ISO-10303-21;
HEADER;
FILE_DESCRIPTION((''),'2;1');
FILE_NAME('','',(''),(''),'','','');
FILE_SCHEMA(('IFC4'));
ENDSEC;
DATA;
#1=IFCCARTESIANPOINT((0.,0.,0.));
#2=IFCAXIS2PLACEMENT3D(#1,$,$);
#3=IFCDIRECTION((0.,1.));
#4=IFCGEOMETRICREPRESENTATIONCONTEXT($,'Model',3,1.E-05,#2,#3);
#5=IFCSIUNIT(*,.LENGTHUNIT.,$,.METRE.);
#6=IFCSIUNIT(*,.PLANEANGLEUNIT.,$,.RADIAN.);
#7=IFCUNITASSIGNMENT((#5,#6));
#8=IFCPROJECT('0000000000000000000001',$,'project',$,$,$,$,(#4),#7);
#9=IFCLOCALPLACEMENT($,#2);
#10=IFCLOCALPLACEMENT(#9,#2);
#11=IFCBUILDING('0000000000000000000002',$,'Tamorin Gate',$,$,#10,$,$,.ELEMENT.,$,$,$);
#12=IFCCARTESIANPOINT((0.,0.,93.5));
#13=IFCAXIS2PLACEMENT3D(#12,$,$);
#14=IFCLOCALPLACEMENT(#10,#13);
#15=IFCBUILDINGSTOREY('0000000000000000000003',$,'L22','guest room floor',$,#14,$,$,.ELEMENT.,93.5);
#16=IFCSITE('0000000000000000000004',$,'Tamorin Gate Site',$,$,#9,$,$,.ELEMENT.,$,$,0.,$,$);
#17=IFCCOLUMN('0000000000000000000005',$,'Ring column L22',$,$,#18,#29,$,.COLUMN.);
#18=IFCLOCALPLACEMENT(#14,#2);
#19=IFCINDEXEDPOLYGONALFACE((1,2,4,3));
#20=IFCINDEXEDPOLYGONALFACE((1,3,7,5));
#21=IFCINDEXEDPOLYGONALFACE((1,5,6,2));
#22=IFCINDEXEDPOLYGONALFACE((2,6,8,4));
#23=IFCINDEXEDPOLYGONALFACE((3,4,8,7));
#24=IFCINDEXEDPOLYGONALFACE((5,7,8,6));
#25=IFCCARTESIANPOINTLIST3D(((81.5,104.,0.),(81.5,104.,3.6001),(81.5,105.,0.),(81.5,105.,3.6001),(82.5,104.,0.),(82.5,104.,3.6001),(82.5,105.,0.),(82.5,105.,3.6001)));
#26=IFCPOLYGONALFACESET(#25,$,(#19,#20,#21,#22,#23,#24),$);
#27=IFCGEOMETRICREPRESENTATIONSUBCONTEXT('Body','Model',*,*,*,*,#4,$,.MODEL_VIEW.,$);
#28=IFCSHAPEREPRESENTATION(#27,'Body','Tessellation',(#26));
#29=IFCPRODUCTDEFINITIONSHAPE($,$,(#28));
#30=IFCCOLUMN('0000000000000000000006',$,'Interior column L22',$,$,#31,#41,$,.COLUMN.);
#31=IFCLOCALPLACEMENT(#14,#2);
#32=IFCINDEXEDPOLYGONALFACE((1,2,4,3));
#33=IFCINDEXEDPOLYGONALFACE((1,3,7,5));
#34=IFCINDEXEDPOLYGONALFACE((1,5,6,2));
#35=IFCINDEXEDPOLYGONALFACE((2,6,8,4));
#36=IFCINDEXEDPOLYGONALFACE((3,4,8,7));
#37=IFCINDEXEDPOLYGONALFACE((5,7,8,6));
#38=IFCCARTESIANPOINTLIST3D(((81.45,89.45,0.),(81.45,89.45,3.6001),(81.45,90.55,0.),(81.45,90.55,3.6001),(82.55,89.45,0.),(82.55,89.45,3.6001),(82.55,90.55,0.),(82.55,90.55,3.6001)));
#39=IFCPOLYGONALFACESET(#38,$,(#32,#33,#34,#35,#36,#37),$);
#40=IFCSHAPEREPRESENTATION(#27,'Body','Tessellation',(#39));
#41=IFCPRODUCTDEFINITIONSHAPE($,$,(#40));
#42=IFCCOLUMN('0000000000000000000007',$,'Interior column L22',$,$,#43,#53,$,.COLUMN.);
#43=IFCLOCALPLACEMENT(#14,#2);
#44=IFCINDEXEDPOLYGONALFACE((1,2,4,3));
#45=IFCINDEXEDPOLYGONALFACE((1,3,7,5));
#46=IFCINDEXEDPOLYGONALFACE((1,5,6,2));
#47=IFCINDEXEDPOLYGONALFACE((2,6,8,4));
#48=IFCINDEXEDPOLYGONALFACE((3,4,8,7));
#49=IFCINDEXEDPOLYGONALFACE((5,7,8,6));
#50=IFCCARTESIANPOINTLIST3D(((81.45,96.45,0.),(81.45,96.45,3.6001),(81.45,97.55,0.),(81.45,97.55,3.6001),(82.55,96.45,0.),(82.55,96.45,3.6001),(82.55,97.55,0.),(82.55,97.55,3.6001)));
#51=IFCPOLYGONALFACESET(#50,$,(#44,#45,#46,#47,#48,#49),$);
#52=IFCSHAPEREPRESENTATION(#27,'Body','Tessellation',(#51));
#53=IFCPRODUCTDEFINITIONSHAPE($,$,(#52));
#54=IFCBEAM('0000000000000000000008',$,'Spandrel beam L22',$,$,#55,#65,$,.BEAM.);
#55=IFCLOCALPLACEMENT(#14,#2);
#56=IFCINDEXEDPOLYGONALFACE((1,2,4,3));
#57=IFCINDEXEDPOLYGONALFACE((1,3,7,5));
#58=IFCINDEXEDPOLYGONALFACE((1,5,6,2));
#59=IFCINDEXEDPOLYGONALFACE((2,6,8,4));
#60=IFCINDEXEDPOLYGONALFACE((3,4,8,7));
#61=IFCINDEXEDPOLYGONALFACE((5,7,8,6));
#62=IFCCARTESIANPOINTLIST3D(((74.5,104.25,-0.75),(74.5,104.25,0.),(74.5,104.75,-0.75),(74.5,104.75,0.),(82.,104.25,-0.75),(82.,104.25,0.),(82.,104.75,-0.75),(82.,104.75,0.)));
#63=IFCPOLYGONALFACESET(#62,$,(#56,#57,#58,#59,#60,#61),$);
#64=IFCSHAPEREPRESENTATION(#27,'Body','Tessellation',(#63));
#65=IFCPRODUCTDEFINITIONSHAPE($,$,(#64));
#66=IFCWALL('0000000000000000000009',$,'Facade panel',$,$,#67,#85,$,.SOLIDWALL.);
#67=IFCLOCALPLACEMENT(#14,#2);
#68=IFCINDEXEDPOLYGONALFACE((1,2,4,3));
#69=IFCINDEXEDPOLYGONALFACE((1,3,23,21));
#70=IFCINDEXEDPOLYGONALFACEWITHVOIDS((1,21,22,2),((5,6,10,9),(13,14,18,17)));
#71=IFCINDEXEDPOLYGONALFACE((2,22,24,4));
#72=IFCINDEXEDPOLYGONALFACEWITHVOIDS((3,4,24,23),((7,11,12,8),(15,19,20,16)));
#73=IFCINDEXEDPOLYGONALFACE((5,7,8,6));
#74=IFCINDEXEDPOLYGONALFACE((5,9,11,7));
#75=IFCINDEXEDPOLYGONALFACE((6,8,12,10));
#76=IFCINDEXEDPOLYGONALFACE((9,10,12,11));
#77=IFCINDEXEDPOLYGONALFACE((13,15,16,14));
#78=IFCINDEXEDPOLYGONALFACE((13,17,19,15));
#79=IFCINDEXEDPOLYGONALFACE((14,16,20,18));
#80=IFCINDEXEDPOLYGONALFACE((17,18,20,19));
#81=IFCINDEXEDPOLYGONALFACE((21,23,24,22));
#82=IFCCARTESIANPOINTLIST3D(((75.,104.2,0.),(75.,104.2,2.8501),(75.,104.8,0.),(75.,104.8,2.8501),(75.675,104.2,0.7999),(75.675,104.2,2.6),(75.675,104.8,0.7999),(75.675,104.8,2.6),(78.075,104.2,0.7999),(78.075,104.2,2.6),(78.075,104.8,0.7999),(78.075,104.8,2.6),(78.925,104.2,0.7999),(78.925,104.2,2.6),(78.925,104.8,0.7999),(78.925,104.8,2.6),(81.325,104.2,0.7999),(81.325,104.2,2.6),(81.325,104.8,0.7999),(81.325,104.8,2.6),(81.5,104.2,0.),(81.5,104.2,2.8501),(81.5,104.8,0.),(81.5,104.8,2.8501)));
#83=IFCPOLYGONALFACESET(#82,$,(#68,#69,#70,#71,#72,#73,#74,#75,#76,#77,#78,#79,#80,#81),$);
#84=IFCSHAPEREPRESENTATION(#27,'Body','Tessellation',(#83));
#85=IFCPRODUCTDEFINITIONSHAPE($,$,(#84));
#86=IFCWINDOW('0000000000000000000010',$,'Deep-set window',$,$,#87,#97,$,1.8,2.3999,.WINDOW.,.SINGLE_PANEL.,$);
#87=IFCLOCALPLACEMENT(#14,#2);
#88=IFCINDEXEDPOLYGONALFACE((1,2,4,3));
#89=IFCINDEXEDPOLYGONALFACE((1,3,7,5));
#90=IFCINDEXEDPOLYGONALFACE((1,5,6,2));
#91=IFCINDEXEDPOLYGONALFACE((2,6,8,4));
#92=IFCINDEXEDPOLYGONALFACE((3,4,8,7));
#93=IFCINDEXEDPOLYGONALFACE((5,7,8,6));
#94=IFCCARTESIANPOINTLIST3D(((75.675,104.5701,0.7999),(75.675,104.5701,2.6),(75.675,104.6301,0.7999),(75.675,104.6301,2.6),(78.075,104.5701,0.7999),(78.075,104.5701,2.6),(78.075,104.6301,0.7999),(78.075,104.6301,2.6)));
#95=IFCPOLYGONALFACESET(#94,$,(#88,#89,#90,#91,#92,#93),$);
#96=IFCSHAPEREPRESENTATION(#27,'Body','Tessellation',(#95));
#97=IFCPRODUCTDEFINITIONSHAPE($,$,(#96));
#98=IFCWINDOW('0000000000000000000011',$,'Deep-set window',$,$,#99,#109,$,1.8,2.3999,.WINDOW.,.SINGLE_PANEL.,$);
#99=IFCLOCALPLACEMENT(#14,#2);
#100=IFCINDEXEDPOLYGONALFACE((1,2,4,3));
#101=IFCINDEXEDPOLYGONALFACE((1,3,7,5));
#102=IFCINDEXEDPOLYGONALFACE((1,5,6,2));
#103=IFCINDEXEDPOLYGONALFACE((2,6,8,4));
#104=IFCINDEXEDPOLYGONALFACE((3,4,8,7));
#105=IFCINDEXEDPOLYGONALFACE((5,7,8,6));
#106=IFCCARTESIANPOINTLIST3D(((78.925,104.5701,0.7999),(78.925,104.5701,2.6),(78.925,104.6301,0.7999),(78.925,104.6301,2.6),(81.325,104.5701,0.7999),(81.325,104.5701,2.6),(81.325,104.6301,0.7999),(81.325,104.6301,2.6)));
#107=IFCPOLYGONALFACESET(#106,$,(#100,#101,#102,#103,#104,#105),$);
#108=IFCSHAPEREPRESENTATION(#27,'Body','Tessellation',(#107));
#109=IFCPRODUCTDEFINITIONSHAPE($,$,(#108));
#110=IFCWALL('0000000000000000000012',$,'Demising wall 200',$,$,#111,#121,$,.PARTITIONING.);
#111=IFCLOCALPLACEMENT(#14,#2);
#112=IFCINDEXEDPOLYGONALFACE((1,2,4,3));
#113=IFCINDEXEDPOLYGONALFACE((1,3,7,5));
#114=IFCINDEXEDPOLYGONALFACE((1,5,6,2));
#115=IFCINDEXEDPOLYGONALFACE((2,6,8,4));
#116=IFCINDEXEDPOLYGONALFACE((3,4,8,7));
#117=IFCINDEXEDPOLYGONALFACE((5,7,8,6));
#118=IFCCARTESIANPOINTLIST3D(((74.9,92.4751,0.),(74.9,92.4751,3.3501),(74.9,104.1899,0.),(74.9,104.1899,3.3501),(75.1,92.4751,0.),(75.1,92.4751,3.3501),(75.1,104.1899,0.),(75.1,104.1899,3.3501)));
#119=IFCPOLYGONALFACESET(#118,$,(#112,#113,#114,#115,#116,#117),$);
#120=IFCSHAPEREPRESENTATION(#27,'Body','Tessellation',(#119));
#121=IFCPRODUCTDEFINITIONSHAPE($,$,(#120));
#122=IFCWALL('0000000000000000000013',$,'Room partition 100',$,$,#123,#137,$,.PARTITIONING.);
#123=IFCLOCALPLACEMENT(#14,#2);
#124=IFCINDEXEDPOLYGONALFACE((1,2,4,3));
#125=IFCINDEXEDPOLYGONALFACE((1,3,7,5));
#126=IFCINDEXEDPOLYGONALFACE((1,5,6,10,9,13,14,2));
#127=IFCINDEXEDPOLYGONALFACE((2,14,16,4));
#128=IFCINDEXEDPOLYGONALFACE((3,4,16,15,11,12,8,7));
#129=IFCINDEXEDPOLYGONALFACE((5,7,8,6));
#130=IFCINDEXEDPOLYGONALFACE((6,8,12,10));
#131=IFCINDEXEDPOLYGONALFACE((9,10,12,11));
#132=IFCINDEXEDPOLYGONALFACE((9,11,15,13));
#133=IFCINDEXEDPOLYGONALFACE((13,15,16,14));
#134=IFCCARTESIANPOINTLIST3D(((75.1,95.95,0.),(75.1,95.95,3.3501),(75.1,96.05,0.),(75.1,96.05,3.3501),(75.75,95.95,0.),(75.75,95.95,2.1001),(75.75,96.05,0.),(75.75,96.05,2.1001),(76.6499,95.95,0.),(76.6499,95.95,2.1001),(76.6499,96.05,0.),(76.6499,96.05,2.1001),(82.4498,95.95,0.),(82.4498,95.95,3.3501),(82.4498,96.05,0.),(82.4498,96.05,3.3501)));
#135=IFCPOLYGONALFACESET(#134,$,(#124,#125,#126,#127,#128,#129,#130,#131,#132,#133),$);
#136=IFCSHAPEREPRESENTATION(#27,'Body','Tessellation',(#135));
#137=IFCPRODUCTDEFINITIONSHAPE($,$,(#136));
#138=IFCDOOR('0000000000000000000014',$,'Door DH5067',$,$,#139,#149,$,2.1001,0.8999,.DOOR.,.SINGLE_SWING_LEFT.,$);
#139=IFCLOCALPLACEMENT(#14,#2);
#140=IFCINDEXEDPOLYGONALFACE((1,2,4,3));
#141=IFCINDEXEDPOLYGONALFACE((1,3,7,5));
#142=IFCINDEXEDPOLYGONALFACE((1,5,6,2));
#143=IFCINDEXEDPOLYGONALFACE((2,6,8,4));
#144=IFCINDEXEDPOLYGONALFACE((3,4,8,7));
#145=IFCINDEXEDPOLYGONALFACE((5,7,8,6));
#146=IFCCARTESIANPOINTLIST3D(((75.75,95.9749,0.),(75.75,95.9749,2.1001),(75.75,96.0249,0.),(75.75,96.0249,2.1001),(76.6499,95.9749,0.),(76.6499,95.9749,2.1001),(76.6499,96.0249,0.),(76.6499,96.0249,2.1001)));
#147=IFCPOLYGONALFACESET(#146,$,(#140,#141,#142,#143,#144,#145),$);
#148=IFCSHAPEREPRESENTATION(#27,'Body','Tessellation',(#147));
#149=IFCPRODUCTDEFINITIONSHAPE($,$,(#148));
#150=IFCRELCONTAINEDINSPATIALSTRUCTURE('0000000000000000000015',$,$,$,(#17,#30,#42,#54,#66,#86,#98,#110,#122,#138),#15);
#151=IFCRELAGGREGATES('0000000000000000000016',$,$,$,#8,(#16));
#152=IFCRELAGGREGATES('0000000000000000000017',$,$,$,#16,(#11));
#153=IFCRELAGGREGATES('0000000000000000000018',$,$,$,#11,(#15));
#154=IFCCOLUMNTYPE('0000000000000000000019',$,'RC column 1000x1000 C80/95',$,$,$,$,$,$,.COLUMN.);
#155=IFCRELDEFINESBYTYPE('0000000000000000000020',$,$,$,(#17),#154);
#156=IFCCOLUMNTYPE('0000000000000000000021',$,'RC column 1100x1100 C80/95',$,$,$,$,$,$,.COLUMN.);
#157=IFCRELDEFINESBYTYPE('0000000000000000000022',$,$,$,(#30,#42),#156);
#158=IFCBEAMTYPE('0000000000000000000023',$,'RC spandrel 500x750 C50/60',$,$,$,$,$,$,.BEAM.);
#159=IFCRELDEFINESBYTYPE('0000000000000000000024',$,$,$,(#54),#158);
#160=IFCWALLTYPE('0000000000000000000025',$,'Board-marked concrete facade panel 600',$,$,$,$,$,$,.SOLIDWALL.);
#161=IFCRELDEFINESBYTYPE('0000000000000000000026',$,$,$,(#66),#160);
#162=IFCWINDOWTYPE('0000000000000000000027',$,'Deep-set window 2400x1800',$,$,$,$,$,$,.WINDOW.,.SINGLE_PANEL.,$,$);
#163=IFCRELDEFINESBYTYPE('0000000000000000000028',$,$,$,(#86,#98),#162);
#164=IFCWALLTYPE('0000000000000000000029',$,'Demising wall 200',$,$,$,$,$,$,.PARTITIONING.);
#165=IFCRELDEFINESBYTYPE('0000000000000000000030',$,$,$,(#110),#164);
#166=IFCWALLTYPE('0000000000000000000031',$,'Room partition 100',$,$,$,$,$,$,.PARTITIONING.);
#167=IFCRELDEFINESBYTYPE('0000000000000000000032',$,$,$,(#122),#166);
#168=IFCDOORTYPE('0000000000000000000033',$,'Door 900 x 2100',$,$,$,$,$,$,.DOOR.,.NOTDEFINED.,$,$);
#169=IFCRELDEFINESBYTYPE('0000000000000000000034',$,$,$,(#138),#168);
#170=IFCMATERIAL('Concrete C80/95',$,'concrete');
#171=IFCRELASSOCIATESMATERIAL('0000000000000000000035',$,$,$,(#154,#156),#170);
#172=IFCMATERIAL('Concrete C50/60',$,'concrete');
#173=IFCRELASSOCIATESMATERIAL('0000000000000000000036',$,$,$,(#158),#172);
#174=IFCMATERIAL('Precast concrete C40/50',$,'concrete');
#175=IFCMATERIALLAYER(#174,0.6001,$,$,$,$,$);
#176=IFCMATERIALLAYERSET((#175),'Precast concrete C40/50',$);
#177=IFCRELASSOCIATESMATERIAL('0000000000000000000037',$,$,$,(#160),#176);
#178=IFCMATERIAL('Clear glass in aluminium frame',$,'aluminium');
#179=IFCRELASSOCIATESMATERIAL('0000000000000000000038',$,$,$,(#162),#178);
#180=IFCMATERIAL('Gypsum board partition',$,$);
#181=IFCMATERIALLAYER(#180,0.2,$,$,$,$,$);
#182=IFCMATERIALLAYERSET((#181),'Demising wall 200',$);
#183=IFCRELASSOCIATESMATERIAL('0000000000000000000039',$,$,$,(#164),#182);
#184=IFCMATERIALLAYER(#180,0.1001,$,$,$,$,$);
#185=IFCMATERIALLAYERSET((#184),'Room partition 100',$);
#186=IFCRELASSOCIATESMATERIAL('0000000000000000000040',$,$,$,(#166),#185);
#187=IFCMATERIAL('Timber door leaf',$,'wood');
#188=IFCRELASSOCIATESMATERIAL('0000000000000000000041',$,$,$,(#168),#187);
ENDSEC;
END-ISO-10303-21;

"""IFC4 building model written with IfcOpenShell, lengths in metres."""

from ifc_helpers import new_model, si_unit, direction, frame, frame_2d, origin, origin_2d, place, context, subcontext, project, spatial, rectangle, extrude, material, layer, layer_set, material_profile, profile_set, type_object, element, fill, save


model = new_model("IFC4")

# Units and contexts
model_context = context("Model", 3, precision=1e-05, world=origin(), true_north=direction((0.0, 1.0)))
body_context = subcontext(model_context, "Body", "Model", "MODEL_VIEW")
ifc_project = project(units=[si_unit("LENGTHUNIT", "METRE"), si_unit("PLANEANGLEUNIT", "RADIAN")], contexts=[model_context])

# Site, building, storey
site_placement = place(None, origin())
site = spatial("IfcSite", under=ifc_project, at=site_placement, Name="Tamorin Gate Site", CompositionType="ELEMENT", RefElevation=0.0)
building_placement = place(site_placement, origin())
building = spatial("IfcBuilding", under=site, at=building_placement, Name="Tamorin Gate", CompositionType="ELEMENT")
storey_placement = place(building_placement, frame((0.0, 0.0, 93.5)))
storey = spatial("IfcBuildingStorey", under=building, at=storey_placement, Name="L22", Description="guest room floor", CompositionType="ELEMENT", Elevation=93.5)

# Columns
ifc_material_1 = material(Name="Concrete C80/95", Category="concrete")
ifc_material_profile_1 = material_profile(ifc_material_1, rectangle(XDim=1.0, YDim=1.0, at=origin_2d()), Name="RC 1000x1000")
ifc_profile_set_1 = profile_set([ifc_material_profile_1], Name="Concrete C80/95")
column_type_1 = type_object("IfcColumnType", Name="RC column 1000x1000 C80/95", PredefinedType="COLUMN", material=ifc_profile_set_1)
column_placement = place(storey_placement, frame((82.0, 104.5, 0.0), z_axis=(0.0, 0.0, 1.0), x_axis=(1.0, 0.0, 0.0)))
element("IfcColumn", 1, at=column_placement, inside=storey, type_object=column_type_1, Name="Ring column L22", PredefinedType="COLUMN", context=body_context, shape_type="SweptSolid", body=[
    extrude(rectangle(XDim=1.0, YDim=1.0, at=origin_2d()), origin(), (0.0, 0.0, 1.0), 3.6001),
])
ifc_material_profile_2 = material_profile(ifc_material_1, rectangle(XDim=1.1001, YDim=1.1001, at=origin_2d()), Name="RC 1100x1100")
ifc_profile_set_2 = profile_set([ifc_material_profile_2], Name="Concrete C80/95")
column_type_2 = type_object("IfcColumnType", Name="RC column 1100x1100 C80/95", PredefinedType="COLUMN", material=ifc_profile_set_2)
for number, where, z_axis, x_axis, name in (
    (2, (82.0, 90.0, 0.0), (0.0, 0.0, 1.0), (1.0, 0.0, 0.0), "Interior column L22"),
    (3, (82.0, 97.0, 0.0), (0.0, 0.0, 1.0), (1.0, 0.0, 0.0), "Interior column L22"),
):
    element("IfcColumn", number, at=place(storey_placement, frame(where, z_axis=z_axis, x_axis=x_axis)), inside=storey, type_object=column_type_2, Name=name, PredefinedType="COLUMN", context=body_context, shape_type="SweptSolid", body=[
        extrude(rectangle(XDim=1.1001, YDim=1.1001, at=origin_2d()), origin(), (0.0, 0.0, 1.0), 3.6001),
    ])

# Beam
ifc_material_2 = material(Name="Concrete C50/60", Category="concrete")
ifc_material_profile_3 = material_profile(ifc_material_2, rectangle(XDim=0.5, YDim=0.75, at=origin_2d()), Name="RC 500x750")
ifc_profile_set_3 = profile_set([ifc_material_profile_3], Name="Concrete C50/60")
beam_type = type_object("IfcBeamType", Name="RC spandrel 500x750 C50/60", PredefinedType="BEAM", material=ifc_profile_set_3)
beam_placement = place(storey_placement, frame((82.0, 104.5, -0.375), z_axis=(-1.0, 0.0, 0.0), x_axis=(0.0, -1.0, 0.0)))
element("IfcBeam", 4, at=beam_placement, inside=storey, type_object=beam_type, Name="Spandrel beam L22", PredefinedType="BEAM", context=body_context, shape_type="SweptSolid", body=[
    extrude(rectangle(XDim=0.5, YDim=0.75, at=origin_2d()), origin(), (0.0, 0.0, 1.0), 7.5),
])

# Wall, openings, windows
ifc_material_3 = material(Name="Precast concrete C40/50", Category="concrete")
ifc_layer_1 = layer(ifc_material_3, 0.6001)
ifc_layer_set_1 = layer_set([ifc_layer_1], Name="Precast concrete C40/50")
wall_type_1 = type_object("IfcWallType", Name="Board-marked concrete facade panel 600", PredefinedType="SOLIDWALL", material=ifc_layer_set_1)
wall_1_placement = place(storey_placement, frame((81.5, 104.5, 0.0), z_axis=(0.0, 0.0, 1.0), x_axis=(-1.0, 0.0, 0.0)))
wall_1 = element("IfcWall", 5, at=wall_1_placement, inside=storey, type_object=wall_type_1, Name="Facade panel", PredefinedType="SOLIDWALL", context=body_context, shape_type="SweptSolid", body=[
    extrude(rectangle(XDim=6.5, YDim=0.6001, at=frame_2d((3.25, 0.0))), origin(), (0.0, 0.0, 1.0), 2.8501),
])
opening_1_placement = place(wall_1_placement, frame((3.425, 0.0, 0.8)))
opening_1 = element("IfcOpeningElement", 6, at=opening_1_placement, cuts=wall_1, PredefinedType="OPENING", context=body_context, shape_type="SweptSolid", body=[
    extrude(rectangle(XDim=2.3999, YDim=1.8, at=frame_2d((1.2, 0.8999))), frame((0.0, 0.3101, 0.0), z_axis=(0.0, -1.0, 0.0), x_axis=(1.0, 0.0, 0.0)), (0.0, 0.0, 1.0), 0.6201),
])
opening_2_placement = place(wall_1_placement, frame((0.175, 0.0, 0.8)))
opening_2 = element("IfcOpeningElement", 7, at=opening_2_placement, cuts=wall_1, PredefinedType="OPENING", context=body_context, shape_type="SweptSolid", body=[
    extrude(rectangle(XDim=2.3999, YDim=1.8, at=frame_2d((1.2, 0.8999))), frame((0.0, 0.3101, 0.0), z_axis=(0.0, -1.0, 0.0), x_axis=(1.0, 0.0, 0.0)), (0.0, 0.0, 1.0), 0.6201),
])
ifc_material_4 = material(Name="Clear glass in aluminium frame", Category="aluminium")
window_type = type_object("IfcWindowType", Name="Deep-set window 2400x1800", PartitioningType="SINGLE_PANEL", PredefinedType="WINDOW", material=ifc_material_4)
window_1_placement = place(opening_1_placement, origin())
window_1 = element("IfcWindow", 8, at=window_1_placement, inside=storey, type_object=window_type, Name="Deep-set window", OverallHeight=1.8, OverallWidth=2.3999, PartitioningType="SINGLE_PANEL", PredefinedType="WINDOW", context=body_context, shape_type="SweptSolid", body=[
    extrude(rectangle(XDim=2.3999, YDim=1.8, at=frame_2d((1.2, 0.8999))), frame((0.0, -0.0701, 0.0), z_axis=(0.0, -1.0, 0.0), x_axis=(1.0, 0.0, 0.0)), (0.0, 0.0, 1.0), 0.0601),
])
fill(opening_1, window_1)
window_2_placement = place(opening_2_placement, origin())
window_2 = element("IfcWindow", 9, at=window_2_placement, inside=storey, type_object=window_type, Name="Deep-set window", OverallHeight=1.8, OverallWidth=2.3999, PartitioningType="SINGLE_PANEL", PredefinedType="WINDOW", context=body_context, shape_type="SweptSolid", body=[
    extrude(rectangle(XDim=2.3999, YDim=1.8, at=frame_2d((1.2, 0.8999))), frame((0.0, -0.0701, 0.0), z_axis=(0.0, -1.0, 0.0), x_axis=(1.0, 0.0, 0.0)), (0.0, 0.0, 1.0), 0.0601),
])
fill(opening_2, window_2)

# Wall
ifc_material_5 = material(Name="Gypsum board partition")
ifc_layer_2 = layer(ifc_material_5, 0.2)
ifc_layer_set_2 = layer_set([ifc_layer_2], Name="Demising wall 200")
wall_type_2 = type_object("IfcWallType", Name="Demising wall 200", PredefinedType="PARTITIONING", material=ifc_layer_set_2)
wall_2_placement = place(storey_placement, frame((75.0, 92.4751, 0.0), z_axis=(0.0, 0.0, 1.0), x_axis=(0.0, 1.0, 0.0)))
element("IfcWall", 10, at=wall_2_placement, inside=storey, type_object=wall_type_2, Name="Demising wall 200", PredefinedType="PARTITIONING", context=body_context, shape_type="SweptSolid", body=[
    extrude(rectangle(XDim=11.7148, YDim=0.2, at=frame_2d((5.8574, 0.0))), origin(), (0.0, 0.0, 1.0), 3.3501),
])

# Wall, opening, door
ifc_layer_3 = layer(ifc_material_5, 0.1001)
ifc_layer_set_3 = layer_set([ifc_layer_3], Name="Room partition 100")
wall_type_3 = type_object("IfcWallType", Name="Room partition 100", PredefinedType="PARTITIONING", material=ifc_layer_set_3)
wall_3_placement = place(storey_placement, frame((75.1001, 96.0, 0.0), z_axis=(0.0, 0.0, 1.0), x_axis=(1.0, 0.0, 0.0)))
wall_3 = element("IfcWall", 11, at=wall_3_placement, inside=storey, type_object=wall_type_3, Name="Room partition 100", PredefinedType="PARTITIONING", context=body_context, shape_type="SweptSolid", body=[
    extrude(rectangle(XDim=7.3499, YDim=0.1001, at=frame_2d((3.6748, 0.0))), origin(), (0.0, 0.0, 1.0), 3.3501),
])
opening_3_placement = place(wall_3_placement, frame((0.6499, 0.0, 0.0)))
opening_3 = element("IfcOpeningElement", 12, at=opening_3_placement, cuts=wall_3, PredefinedType="OPENING", context=body_context, shape_type="SweptSolid", body=[
    extrude(rectangle(XDim=0.8999, YDim=2.1001, at=frame_2d((0.45, 1.05))), frame((0.0, 0.0601, 0.0), z_axis=(0.0, -1.0, 0.0), x_axis=(1.0, 0.0, 0.0)), (0.0, 0.0, 1.0), 0.1201),
])
ifc_material_6 = material(Name="Timber door leaf", Category="wood")
door_type = type_object("IfcDoorType", Name="Door 900 x 2100", OperationType="NOTDEFINED", PredefinedType="DOOR", material=ifc_material_6)
door_1_placement = place(opening_3_placement, origin())
door_1 = element("IfcDoor", 13, at=door_1_placement, inside=storey, type_object=door_type, Name="Door DH5067", OperationType="SINGLE_SWING_LEFT", OverallHeight=2.1001, OverallWidth=0.8999, PredefinedType="DOOR", context=body_context, shape_type="SweptSolid", body=[
    extrude(rectangle(XDim=0.8999, YDim=2.1001, at=frame_2d((0.45, 1.05))), frame((0.0, 0.0249, 0.0), z_axis=(0.0, -1.0, 0.0), x_axis=(1.0, 0.0, 0.0)), (0.0, 0.0, 1.0), 0.05),
])
fill(opening_3, door_1)

save(model, "model.ifc")
